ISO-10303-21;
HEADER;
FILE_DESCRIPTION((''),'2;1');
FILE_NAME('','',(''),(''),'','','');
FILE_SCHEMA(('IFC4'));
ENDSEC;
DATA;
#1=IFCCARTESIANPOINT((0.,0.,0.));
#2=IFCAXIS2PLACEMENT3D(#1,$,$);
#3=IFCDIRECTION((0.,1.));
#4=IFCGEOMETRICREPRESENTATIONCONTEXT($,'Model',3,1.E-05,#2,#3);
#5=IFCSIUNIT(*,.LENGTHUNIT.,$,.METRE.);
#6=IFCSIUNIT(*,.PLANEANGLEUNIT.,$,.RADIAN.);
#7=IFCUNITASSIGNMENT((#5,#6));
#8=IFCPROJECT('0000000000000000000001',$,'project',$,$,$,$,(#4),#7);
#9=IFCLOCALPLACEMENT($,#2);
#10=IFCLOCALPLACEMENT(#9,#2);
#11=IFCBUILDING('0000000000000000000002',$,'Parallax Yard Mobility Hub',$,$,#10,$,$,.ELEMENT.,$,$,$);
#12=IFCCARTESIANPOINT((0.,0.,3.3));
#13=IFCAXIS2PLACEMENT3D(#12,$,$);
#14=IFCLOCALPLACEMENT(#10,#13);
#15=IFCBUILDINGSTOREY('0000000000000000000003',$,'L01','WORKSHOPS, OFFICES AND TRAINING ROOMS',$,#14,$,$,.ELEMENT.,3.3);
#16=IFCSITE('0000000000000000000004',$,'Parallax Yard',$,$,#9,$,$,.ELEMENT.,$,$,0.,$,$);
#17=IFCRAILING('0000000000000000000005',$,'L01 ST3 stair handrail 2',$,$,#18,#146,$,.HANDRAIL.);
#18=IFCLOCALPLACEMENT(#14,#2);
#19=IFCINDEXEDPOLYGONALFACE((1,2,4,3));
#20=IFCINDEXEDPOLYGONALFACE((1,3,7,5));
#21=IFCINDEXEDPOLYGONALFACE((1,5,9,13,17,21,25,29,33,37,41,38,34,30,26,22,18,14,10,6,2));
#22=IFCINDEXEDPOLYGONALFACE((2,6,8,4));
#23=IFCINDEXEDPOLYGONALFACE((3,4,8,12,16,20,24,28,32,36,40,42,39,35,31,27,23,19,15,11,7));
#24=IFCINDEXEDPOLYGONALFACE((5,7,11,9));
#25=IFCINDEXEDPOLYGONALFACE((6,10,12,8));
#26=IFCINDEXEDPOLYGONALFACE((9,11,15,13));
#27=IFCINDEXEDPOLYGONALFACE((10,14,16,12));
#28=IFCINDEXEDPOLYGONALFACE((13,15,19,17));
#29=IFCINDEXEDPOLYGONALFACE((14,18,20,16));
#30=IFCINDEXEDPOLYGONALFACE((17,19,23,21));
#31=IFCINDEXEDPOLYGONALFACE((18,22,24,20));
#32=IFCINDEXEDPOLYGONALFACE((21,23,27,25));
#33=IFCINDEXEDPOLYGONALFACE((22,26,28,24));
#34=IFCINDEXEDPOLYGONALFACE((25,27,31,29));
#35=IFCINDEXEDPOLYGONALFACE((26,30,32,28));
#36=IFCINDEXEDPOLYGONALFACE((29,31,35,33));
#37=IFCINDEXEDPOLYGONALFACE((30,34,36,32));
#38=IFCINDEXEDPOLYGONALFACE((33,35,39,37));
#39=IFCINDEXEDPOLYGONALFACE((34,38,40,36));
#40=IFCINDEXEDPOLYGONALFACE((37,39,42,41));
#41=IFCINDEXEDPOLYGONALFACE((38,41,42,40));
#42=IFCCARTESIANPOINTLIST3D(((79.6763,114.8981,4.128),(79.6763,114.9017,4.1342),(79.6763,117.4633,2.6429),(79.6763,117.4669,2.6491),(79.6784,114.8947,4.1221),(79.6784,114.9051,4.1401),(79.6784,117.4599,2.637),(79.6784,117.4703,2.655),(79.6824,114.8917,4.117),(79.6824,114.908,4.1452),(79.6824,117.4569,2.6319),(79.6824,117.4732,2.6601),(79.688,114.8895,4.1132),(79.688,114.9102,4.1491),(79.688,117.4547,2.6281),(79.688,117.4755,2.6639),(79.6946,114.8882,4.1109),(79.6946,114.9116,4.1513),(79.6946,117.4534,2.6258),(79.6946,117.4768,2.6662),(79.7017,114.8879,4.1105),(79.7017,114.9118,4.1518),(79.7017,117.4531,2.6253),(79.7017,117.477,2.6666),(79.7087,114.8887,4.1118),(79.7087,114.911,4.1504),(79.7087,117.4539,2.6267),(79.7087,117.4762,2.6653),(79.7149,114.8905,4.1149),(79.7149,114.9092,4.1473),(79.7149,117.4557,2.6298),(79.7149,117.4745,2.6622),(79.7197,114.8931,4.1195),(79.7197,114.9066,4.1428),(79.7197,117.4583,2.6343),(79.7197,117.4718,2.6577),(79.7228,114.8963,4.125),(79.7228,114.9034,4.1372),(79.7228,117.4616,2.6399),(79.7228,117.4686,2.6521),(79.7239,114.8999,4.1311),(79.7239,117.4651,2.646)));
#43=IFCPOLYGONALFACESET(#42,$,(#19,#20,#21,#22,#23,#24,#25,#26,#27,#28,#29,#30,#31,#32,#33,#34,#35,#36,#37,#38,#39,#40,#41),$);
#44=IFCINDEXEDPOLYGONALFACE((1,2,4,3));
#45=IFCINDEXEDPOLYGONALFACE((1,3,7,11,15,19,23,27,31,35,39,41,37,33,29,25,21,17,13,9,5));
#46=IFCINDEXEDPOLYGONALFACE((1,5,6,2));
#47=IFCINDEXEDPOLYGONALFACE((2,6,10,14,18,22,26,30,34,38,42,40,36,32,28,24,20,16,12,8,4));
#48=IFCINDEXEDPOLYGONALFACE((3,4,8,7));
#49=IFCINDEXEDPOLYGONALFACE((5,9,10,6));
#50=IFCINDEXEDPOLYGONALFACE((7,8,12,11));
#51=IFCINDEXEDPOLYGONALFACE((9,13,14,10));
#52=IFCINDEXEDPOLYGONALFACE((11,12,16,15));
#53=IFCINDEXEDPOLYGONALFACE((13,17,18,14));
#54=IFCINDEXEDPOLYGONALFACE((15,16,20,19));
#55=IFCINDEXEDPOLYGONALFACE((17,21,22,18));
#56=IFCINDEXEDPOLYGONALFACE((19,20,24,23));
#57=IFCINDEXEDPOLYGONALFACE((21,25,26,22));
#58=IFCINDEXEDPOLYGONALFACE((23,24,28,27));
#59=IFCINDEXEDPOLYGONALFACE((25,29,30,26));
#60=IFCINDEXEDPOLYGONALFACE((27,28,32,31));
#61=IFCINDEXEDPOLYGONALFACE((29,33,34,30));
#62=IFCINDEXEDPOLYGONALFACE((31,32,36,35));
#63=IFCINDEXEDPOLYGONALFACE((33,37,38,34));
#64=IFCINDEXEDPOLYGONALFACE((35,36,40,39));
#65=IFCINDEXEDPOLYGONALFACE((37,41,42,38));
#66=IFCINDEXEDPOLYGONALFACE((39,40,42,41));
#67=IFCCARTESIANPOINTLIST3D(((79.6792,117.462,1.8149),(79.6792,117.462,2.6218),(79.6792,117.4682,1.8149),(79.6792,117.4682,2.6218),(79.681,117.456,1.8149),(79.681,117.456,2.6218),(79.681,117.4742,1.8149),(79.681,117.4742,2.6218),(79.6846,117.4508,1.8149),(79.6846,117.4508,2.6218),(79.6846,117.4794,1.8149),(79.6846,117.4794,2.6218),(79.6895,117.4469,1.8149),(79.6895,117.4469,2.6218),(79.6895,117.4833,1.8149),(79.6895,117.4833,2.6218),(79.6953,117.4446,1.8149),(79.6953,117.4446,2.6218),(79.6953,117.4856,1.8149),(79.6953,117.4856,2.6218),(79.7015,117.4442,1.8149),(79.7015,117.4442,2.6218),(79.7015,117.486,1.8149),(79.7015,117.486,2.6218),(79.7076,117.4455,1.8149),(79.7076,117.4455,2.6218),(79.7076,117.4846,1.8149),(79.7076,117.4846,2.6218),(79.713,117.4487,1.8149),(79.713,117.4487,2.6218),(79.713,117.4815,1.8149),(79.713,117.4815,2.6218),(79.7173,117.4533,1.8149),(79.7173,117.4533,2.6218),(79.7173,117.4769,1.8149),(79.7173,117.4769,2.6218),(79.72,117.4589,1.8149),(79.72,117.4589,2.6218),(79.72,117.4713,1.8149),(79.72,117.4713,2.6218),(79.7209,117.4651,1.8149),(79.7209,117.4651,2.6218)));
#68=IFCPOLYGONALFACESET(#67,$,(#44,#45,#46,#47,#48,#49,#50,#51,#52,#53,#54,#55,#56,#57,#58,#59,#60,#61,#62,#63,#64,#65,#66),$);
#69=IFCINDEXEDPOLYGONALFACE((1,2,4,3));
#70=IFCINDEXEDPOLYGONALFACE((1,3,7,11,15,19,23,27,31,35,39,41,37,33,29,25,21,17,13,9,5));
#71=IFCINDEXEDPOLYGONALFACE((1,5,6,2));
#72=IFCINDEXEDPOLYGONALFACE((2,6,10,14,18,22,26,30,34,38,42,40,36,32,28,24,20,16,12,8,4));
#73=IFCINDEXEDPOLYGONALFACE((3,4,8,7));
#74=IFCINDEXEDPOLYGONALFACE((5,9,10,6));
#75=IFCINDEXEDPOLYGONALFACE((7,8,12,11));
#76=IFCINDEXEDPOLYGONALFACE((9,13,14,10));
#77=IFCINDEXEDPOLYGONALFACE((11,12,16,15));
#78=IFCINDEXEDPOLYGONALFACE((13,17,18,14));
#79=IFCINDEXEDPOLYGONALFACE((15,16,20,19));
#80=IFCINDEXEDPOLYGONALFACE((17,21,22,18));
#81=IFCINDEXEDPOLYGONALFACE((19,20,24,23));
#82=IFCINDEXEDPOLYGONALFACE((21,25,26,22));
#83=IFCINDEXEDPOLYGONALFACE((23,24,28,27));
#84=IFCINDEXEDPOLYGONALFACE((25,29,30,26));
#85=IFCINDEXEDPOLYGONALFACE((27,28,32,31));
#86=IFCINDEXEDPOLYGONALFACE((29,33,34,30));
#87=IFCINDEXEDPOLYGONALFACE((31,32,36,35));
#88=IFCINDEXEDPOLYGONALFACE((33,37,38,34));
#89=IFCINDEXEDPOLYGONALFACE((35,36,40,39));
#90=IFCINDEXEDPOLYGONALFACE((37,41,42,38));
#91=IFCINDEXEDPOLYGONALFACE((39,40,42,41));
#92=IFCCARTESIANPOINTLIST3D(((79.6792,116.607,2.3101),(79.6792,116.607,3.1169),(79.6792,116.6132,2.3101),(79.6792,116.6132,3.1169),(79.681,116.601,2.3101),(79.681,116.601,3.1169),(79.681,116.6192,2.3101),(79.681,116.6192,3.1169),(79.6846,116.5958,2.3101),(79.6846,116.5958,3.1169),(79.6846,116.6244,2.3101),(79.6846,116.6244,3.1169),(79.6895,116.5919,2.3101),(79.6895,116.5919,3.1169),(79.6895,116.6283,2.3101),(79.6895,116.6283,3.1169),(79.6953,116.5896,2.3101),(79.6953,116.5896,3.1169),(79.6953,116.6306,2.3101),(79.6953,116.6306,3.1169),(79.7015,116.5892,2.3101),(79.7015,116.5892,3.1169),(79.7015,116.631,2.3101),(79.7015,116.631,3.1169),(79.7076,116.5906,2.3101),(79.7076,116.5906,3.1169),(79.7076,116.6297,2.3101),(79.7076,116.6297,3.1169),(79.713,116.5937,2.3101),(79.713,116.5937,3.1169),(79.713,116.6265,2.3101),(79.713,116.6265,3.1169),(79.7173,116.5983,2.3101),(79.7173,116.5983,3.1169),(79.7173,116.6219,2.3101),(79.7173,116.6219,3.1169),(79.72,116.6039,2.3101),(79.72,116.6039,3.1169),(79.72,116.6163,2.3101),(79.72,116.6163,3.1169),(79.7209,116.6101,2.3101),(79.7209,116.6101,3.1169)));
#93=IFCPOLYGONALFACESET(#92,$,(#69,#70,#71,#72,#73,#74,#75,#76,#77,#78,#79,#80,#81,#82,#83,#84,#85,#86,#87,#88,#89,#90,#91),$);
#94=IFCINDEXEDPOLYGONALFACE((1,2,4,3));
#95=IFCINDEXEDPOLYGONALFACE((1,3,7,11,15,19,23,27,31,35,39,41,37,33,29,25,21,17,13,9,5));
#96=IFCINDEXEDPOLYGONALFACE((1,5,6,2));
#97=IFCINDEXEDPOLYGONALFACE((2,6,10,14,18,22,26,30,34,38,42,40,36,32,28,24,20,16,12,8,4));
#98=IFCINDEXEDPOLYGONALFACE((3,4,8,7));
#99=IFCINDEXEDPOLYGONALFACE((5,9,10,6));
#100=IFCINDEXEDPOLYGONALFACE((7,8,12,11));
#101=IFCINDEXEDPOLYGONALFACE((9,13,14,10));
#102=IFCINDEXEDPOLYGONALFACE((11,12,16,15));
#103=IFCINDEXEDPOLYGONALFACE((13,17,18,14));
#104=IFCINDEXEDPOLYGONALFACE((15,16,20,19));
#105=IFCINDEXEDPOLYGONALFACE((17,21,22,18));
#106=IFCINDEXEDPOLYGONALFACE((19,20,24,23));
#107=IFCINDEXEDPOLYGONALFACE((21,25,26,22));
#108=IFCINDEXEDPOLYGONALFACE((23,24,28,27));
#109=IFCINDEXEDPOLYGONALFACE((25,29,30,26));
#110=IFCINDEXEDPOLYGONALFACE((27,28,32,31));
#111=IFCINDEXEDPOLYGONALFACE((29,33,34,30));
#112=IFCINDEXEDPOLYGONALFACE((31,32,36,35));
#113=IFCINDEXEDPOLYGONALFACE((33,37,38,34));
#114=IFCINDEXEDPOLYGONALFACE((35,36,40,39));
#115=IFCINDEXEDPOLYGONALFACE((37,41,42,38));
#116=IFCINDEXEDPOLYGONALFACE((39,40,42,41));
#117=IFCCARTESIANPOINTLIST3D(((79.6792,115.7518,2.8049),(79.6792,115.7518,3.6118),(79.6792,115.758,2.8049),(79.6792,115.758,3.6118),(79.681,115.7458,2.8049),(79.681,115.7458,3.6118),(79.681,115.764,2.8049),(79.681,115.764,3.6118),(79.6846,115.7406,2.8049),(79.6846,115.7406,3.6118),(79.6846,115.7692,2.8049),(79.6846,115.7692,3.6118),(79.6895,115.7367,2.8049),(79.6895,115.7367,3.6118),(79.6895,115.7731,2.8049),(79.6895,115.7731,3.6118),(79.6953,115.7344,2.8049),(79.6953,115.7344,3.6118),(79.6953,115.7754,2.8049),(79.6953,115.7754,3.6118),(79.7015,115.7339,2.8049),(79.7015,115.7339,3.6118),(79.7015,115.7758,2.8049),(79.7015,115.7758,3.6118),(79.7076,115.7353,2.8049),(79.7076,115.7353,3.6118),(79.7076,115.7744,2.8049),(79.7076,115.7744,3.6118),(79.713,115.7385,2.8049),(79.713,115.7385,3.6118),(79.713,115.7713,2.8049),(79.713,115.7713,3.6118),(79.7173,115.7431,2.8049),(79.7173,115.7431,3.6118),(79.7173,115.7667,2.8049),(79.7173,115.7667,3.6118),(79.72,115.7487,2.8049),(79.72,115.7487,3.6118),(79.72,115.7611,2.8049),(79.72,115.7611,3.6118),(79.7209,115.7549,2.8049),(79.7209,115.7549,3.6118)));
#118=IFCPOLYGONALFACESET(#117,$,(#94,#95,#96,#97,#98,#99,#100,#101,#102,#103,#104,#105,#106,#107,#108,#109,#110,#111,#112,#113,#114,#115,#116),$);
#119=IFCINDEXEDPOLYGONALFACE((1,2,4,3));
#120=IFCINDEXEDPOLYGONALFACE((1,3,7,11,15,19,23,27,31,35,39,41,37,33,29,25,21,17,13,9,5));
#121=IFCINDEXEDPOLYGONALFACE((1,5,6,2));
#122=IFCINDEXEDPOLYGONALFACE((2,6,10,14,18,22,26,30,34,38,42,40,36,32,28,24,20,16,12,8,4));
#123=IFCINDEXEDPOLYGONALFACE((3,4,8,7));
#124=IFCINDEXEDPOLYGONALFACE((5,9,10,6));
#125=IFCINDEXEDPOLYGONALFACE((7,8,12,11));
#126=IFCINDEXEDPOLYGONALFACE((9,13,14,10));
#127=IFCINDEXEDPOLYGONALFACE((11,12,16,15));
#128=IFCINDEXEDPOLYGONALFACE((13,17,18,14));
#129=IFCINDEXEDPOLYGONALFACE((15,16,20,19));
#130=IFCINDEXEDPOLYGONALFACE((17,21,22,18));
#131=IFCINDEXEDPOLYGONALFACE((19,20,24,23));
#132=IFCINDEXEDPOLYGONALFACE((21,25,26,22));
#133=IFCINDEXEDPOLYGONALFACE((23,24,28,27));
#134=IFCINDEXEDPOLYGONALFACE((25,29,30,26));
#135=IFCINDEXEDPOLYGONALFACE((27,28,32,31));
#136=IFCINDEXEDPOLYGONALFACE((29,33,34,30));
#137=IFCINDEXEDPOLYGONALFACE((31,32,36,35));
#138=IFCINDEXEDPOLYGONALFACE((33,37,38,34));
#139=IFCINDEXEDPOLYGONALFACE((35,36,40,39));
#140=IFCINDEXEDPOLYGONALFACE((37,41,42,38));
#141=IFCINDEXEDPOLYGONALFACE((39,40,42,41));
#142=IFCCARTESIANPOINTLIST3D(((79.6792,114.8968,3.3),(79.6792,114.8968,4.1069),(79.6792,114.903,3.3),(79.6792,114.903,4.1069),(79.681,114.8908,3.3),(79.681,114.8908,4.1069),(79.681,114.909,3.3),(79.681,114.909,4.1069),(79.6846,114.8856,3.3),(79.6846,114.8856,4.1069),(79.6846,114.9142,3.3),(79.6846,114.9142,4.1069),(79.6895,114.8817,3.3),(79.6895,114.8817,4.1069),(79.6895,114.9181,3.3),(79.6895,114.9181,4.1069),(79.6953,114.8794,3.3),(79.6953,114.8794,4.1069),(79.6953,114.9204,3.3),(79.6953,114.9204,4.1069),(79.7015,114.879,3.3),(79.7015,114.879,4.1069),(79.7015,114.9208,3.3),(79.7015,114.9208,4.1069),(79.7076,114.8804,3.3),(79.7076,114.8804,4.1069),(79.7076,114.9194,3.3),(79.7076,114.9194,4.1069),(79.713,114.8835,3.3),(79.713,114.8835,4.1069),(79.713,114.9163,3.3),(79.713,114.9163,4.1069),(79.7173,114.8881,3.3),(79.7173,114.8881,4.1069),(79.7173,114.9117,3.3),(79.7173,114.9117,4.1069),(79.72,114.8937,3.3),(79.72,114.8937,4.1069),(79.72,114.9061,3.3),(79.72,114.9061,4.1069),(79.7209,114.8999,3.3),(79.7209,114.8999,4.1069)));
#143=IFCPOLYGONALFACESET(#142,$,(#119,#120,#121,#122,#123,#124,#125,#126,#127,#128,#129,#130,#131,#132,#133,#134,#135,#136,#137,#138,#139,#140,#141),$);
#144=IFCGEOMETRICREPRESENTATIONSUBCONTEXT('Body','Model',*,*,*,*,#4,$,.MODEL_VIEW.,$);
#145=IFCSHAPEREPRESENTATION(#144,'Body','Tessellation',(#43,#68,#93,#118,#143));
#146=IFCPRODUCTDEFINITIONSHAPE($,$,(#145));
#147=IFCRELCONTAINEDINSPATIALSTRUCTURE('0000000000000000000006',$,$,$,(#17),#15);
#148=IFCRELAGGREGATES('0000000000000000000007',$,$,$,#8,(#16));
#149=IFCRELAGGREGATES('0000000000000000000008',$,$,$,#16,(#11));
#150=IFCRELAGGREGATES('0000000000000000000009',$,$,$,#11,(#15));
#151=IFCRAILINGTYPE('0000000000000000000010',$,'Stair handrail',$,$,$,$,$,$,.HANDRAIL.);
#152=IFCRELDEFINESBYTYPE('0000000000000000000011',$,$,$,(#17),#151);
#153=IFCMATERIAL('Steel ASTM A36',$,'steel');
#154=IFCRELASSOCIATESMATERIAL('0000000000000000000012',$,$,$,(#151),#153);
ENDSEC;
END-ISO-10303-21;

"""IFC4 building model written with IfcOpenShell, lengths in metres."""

from ifc_helpers import new_model, si_unit, direction, frame, origin, origin_2d, place, context, subcontext, project, spatial, circle, extrude, material, type_object, element, save


model = new_model("IFC4")

# Units and contexts
model_context = context("Model", 3, precision=1e-05, world=origin(), true_north=direction((0.0, 1.0)))
body_context = subcontext(model_context, "Body", "Model", "MODEL_VIEW")
ifc_project = project(units=[si_unit("LENGTHUNIT", "METRE"), si_unit("PLANEANGLEUNIT", "RADIAN")], contexts=[model_context])

# Site, building, storey
site_placement = place(None, origin())
site = spatial("IfcSite", under=ifc_project, at=site_placement, Name="Parallax Yard", CompositionType="ELEMENT", RefElevation=0.0)
building_placement = place(site_placement, origin())
building = spatial("IfcBuilding", under=site, at=building_placement, Name="Parallax Yard Mobility Hub", CompositionType="ELEMENT")
storey_placement = place(building_placement, frame((0.0, 0.0, 3.3)))
storey = spatial("IfcBuildingStorey", under=building, at=storey_placement, Name="L01", Description="WORKSHOPS, OFFICES AND TRAINING ROOMS", CompositionType="ELEMENT", Elevation=3.3)

# Railing
ifc_material_1 = material(Name="Steel ASTM A36", Category="steel")
railing_type_1 = type_object("IfcRailingType", Name="Stair handrail", PredefinedType="HANDRAIL", material=ifc_material_1)
railing_1_placement = place(storey_placement, frame((79.7, 117.4651, 1.8149)))
element("IfcRailing", 1, at=railing_1_placement, inside=storey, type_object=railing_type_1, Name="L01 ST3 stair handrail 2", PredefinedType="HANDRAIL", context=body_context, shape_type="SweptSolid", body=[
    extrude(circle(Radius=0.0239, at=origin_2d()), frame((0.0, 0.0, 0.8311), z_axis=(0.0, -0.865426, 0.501036), x_axis=(1.0, 0.0, 0.0)), (0.0, 0.0, 1.0), 2.9641),
    extrude(circle(Radius=0.021, at=origin_2d()), origin(), (0.0, 0.0, 1.0), 0.8069),
    extrude(circle(Radius=0.021, at=origin_2d()), frame((0.0, -0.855, 0.4951)), (0.0, 0.0, 1.0), 0.8069),
    extrude(circle(Radius=0.021, at=origin_2d()), frame((0.0, -1.7102, 0.99)), (0.0, 0.0, 1.0), 0.8069),
    extrude(circle(Radius=0.021, at=origin_2d()), frame((0.0, -2.5652, 1.4851)), (0.0, 0.0, 1.0), 0.8069),
])

save(model, "model.ifc")
